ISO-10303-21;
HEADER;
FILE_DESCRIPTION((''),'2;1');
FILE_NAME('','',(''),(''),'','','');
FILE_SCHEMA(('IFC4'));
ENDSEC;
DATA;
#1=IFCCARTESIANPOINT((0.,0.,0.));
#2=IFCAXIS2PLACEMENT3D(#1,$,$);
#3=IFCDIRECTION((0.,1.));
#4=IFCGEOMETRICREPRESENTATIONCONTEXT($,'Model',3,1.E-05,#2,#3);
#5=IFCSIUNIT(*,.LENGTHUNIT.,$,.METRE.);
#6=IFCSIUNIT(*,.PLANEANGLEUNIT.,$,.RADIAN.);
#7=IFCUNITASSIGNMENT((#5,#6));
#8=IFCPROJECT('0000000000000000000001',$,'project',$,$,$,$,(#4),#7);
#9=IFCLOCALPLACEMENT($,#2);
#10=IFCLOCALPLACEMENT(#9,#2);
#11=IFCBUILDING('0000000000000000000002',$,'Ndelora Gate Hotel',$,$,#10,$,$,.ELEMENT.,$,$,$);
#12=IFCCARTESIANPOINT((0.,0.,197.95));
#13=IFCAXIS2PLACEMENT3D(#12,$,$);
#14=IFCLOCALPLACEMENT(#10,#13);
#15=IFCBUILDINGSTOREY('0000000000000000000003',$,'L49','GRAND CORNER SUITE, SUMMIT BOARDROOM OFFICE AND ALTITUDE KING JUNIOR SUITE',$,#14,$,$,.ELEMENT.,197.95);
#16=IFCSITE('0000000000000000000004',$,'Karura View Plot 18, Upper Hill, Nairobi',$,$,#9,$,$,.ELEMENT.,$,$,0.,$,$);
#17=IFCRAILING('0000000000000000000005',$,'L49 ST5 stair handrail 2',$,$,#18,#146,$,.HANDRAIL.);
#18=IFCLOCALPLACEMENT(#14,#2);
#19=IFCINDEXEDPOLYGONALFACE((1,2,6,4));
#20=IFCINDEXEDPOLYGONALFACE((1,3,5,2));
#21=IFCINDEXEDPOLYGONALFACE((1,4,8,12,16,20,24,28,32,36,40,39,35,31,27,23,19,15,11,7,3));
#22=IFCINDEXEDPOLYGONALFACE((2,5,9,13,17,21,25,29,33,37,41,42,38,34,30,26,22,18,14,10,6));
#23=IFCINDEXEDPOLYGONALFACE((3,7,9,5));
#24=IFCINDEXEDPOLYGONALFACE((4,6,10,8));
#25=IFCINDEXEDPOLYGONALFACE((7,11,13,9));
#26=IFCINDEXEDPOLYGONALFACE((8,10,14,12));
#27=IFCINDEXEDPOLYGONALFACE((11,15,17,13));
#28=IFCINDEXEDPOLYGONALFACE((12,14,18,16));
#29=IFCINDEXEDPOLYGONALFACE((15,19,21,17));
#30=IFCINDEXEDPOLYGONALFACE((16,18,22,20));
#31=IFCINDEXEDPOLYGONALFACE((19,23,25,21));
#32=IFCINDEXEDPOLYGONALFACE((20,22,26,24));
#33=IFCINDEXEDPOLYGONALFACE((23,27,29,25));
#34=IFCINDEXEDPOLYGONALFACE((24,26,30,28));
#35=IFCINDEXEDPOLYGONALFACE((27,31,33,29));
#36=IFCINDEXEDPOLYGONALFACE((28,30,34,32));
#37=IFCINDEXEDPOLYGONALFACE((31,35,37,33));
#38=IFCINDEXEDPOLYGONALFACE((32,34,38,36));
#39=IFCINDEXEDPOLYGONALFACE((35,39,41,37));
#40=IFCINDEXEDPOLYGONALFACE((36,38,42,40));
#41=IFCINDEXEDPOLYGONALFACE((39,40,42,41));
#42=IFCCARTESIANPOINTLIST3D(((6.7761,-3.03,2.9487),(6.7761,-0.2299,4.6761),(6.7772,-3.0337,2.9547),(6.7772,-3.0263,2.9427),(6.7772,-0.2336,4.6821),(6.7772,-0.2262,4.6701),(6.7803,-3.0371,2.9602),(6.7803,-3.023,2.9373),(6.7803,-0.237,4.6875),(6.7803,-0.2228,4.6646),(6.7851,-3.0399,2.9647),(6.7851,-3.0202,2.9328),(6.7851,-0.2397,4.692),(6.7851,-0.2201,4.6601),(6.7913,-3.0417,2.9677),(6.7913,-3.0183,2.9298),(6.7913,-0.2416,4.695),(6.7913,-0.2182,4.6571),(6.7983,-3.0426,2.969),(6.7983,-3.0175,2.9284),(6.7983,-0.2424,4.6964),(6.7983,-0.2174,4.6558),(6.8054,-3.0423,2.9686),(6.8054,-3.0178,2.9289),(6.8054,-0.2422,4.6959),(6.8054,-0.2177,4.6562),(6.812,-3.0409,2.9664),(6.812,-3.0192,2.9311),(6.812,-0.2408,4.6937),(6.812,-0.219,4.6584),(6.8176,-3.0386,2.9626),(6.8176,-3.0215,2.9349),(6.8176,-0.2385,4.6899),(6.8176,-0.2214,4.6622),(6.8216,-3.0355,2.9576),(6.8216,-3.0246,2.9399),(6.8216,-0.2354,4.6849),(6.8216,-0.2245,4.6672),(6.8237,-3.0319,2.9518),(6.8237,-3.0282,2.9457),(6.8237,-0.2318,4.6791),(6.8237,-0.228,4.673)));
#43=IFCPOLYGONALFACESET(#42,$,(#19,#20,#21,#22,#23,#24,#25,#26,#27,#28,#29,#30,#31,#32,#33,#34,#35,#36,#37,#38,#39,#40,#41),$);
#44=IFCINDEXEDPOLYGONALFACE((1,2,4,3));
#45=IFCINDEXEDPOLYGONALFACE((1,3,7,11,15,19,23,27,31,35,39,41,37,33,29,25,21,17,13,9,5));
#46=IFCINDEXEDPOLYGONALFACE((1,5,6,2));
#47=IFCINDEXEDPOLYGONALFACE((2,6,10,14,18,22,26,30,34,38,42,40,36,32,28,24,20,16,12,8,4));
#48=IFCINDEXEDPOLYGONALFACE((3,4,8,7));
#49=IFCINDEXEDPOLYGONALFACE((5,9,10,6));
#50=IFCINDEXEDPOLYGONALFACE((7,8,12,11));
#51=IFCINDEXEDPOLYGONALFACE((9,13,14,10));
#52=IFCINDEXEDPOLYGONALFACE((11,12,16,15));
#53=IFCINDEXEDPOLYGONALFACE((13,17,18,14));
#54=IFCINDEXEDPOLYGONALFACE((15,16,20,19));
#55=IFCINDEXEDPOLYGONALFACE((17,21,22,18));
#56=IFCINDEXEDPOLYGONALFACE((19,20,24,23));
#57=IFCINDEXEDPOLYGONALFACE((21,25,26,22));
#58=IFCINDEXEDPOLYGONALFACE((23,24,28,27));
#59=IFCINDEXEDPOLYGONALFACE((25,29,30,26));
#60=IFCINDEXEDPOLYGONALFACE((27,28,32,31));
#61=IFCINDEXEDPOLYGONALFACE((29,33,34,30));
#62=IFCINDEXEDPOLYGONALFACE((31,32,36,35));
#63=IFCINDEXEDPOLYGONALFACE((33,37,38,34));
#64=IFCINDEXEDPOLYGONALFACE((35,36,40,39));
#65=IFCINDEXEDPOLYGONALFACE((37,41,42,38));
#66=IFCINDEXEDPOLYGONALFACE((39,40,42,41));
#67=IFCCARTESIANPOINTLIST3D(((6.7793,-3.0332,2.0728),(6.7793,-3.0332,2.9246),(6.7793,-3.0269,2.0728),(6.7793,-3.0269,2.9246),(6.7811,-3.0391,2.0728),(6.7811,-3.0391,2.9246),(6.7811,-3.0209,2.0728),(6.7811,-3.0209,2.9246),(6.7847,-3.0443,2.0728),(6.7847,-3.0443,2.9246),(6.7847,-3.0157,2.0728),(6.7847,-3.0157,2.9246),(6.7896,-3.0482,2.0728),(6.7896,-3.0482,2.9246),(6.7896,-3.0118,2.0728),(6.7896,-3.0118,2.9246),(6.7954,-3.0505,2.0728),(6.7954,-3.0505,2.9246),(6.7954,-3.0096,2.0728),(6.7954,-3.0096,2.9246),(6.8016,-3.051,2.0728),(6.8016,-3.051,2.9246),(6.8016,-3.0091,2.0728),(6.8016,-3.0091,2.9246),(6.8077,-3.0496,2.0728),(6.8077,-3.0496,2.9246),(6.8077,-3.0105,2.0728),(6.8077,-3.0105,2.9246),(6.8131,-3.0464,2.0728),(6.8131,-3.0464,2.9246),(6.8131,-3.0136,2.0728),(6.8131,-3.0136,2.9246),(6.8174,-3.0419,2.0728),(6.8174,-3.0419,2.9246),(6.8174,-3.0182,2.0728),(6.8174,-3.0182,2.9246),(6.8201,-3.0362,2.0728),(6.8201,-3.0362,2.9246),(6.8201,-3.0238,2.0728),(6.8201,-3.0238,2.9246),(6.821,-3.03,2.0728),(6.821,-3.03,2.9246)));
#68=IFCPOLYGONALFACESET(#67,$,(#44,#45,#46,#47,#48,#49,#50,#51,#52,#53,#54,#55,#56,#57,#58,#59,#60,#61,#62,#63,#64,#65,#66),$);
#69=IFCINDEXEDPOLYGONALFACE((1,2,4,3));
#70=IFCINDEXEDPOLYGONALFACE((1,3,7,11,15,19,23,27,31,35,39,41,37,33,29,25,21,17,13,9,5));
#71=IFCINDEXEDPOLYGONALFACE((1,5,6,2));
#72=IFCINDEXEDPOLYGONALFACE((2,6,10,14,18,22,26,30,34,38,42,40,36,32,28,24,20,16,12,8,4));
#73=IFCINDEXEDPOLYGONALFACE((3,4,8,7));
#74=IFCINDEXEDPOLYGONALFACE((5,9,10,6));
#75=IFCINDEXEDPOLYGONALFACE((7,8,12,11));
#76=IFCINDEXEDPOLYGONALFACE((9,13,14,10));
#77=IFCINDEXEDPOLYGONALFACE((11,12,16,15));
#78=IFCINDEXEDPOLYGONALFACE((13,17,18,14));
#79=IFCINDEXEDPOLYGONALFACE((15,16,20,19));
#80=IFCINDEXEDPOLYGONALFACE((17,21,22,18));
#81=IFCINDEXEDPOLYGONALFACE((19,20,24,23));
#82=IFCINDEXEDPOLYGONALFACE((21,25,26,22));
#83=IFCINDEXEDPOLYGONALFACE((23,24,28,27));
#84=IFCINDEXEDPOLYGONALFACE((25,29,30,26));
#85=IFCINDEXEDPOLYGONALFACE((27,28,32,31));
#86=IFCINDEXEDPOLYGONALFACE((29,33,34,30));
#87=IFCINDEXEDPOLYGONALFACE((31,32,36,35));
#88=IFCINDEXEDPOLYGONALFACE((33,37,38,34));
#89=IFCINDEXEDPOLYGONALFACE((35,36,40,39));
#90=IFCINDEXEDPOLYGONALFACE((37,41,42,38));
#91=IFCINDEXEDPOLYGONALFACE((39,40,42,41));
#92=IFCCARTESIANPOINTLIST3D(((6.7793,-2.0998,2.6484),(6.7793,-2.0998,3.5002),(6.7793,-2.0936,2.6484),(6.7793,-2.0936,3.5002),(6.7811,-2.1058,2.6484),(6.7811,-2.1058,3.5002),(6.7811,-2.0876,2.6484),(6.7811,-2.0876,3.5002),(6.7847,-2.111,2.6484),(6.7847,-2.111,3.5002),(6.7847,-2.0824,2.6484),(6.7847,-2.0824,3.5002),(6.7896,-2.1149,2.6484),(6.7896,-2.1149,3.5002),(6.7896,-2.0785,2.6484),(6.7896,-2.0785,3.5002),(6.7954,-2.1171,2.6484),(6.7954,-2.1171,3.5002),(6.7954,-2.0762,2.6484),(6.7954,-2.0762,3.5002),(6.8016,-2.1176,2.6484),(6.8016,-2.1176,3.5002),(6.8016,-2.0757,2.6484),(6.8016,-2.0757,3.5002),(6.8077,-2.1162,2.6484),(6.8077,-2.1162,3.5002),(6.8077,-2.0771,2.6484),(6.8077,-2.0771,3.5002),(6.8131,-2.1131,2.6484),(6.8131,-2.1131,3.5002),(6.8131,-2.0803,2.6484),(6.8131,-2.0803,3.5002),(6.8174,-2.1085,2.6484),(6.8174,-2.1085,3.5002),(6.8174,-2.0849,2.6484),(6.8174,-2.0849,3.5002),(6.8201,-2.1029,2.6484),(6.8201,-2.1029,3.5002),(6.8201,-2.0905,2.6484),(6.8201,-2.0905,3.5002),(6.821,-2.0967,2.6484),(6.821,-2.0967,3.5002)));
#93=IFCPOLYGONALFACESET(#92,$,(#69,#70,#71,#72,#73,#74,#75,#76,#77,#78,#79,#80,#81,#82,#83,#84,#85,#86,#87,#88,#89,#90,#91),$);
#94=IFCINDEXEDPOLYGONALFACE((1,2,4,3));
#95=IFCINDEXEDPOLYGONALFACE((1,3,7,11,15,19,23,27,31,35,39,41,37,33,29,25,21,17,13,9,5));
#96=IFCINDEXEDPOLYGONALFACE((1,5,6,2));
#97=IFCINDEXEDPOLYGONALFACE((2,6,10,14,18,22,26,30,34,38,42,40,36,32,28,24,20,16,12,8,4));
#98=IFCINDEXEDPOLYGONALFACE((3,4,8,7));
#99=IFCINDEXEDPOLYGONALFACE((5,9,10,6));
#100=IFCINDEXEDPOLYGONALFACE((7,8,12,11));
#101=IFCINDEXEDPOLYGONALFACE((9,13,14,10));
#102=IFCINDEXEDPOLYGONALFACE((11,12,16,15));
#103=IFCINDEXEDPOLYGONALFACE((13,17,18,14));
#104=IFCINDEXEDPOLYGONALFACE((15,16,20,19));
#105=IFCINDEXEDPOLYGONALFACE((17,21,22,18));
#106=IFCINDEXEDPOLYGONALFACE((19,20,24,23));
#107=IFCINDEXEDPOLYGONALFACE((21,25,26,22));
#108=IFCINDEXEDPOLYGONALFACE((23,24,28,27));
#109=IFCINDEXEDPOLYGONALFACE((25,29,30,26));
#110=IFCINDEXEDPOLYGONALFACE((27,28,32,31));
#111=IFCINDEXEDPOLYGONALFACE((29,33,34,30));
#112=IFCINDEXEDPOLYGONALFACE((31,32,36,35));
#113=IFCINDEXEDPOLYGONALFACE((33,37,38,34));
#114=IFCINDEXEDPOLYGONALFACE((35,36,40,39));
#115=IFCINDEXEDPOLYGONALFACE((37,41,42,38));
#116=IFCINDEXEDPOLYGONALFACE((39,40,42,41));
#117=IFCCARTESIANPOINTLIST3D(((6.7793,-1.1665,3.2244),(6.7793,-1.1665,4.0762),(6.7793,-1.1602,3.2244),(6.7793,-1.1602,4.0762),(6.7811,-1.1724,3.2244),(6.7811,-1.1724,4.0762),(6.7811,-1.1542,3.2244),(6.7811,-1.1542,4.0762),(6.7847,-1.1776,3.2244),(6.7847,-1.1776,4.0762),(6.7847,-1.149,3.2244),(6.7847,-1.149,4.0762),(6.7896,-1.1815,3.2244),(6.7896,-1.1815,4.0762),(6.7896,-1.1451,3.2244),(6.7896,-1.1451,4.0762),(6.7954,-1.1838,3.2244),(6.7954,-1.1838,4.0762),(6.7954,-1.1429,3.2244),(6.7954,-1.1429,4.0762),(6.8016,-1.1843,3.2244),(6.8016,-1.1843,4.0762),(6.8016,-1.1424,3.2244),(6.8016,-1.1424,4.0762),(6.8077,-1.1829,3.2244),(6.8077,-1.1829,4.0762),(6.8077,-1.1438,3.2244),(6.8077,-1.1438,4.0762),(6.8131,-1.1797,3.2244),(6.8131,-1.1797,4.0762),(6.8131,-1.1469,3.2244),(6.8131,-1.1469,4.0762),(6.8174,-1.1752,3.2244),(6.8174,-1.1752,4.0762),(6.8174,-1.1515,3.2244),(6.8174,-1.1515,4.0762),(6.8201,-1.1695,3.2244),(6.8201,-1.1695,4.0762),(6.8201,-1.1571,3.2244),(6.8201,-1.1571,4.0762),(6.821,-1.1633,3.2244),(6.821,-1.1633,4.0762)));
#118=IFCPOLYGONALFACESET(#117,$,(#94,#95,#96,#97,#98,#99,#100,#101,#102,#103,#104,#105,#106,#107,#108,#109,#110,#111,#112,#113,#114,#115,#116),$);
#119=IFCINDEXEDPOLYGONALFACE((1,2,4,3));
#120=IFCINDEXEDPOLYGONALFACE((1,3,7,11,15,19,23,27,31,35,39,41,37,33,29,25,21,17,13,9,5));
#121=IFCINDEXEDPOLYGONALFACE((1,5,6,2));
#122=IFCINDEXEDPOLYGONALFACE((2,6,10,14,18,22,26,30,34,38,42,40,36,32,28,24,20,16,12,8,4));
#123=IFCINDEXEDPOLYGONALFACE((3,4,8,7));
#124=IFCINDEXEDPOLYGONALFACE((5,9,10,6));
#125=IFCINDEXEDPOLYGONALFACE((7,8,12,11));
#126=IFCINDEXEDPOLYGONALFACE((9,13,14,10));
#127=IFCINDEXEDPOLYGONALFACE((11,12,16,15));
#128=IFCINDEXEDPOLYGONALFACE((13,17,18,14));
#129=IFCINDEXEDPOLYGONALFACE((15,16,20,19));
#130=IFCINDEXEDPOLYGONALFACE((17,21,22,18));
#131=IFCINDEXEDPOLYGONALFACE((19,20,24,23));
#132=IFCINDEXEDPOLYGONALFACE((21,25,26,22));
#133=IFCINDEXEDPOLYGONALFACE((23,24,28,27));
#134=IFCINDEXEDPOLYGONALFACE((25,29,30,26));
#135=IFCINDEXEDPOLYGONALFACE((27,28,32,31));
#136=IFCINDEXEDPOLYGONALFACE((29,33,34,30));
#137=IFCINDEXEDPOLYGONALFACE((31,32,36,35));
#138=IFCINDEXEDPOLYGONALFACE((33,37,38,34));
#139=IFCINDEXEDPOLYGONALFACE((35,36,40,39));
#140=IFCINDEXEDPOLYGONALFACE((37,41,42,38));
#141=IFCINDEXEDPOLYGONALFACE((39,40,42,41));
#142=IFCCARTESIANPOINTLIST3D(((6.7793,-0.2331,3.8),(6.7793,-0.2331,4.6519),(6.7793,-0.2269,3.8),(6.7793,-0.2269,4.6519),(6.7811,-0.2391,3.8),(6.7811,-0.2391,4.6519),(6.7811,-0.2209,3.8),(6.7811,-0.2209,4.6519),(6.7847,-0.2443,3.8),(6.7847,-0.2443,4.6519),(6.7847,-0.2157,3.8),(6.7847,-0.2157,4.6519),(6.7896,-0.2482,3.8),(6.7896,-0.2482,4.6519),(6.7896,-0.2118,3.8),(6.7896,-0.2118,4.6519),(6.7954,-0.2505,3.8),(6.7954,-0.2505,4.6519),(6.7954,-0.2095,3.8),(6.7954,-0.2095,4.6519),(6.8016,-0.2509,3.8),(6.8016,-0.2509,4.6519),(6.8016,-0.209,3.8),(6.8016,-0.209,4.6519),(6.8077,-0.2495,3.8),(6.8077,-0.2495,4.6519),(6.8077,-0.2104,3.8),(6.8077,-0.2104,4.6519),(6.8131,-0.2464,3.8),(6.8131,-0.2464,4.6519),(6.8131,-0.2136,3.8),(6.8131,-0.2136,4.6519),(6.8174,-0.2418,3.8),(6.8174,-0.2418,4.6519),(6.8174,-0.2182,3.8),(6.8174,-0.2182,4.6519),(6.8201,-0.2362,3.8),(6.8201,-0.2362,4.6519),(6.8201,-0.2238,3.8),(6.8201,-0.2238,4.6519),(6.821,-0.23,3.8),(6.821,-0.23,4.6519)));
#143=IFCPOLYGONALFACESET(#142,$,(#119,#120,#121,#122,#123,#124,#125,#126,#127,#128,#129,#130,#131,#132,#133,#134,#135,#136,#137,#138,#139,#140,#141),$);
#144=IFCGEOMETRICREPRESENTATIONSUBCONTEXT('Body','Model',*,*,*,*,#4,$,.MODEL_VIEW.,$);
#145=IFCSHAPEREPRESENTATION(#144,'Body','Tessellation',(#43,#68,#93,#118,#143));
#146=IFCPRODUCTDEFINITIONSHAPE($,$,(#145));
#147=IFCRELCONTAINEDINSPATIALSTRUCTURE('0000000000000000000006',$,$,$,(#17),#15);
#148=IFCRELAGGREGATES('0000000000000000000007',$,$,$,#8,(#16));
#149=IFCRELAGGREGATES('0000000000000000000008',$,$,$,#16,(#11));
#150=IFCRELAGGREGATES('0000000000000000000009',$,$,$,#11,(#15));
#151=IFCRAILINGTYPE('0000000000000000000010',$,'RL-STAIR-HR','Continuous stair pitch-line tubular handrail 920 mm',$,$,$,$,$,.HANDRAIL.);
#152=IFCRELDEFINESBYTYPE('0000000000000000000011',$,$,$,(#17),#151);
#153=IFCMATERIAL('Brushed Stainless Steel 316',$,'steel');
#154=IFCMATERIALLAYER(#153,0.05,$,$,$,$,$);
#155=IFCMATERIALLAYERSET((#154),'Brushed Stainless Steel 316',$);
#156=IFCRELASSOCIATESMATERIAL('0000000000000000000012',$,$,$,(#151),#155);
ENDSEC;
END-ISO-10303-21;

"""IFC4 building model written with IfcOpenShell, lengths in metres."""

from ifc_helpers import new_model, si_unit, direction, frame, origin, origin_2d, place, context, subcontext, project, spatial, circle, extrude, material, layer, layer_set, type_object, element, save


model = new_model("IFC4")

# Units and contexts
model_context = context("Model", 3, precision=1e-05, world=origin(), true_north=direction((0.0, 1.0)))
body_context = subcontext(model_context, "Body", "Model", "MODEL_VIEW")
ifc_project = project(units=[si_unit("LENGTHUNIT", "METRE"), si_unit("PLANEANGLEUNIT", "RADIAN")], contexts=[model_context])

# Site, building, storey
site_placement = place(None, origin())
site = spatial("IfcSite", under=ifc_project, at=site_placement, Name="Karura View Plot 18, Upper Hill, Nairobi", CompositionType="ELEMENT", RefElevation=0.0)
building_placement = place(site_placement, origin())
building = spatial("IfcBuilding", under=site, at=building_placement, Name="Ndelora Gate Hotel", CompositionType="ELEMENT")
storey_placement = place(building_placement, frame((0.0, 0.0, 197.95)))
storey = spatial("IfcBuildingStorey", under=building, at=storey_placement, Name="L49", Description="GRAND CORNER SUITE, SUMMIT BOARDROOM OFFICE AND ALTITUDE KING JUNIOR SUITE", CompositionType="ELEMENT", Elevation=197.95)

# Railing
ifc_material_1 = material(Name="Brushed Stainless Steel 316", Category="steel")
ifc_layer_1 = layer(ifc_material_1, 0.05)
ifc_layer_set_1 = layer_set([ifc_layer_1], Name="Brushed Stainless Steel 316")
railing_type_1 = type_object("IfcRailingType", Name="RL-STAIR-HR", Description="Continuous stair pitch-line tubular handrail 920 mm", PredefinedType="HANDRAIL", material=ifc_layer_set_1)
railing_1_placement = place(storey_placement, frame((6.8, -3.03, 2.0728)))
element("IfcRailing", 1, at=railing_1_placement, inside=storey, type_object=railing_type_1, Name="L49 ST5 stair handrail 2", PredefinedType="HANDRAIL", context=body_context, shape_type="SweptSolid", body=[
    extrude(circle(Radius=0.0239, at=origin_2d()), frame((0.0, 0.0, 0.876), z_axis=(0.0, 0.85109, 0.52502), x_axis=(-1.0, 0.0, 0.0)), (0.0, 0.0, 1.0), 3.29),
    extrude(circle(Radius=0.021, at=origin_2d()), origin(), (0.0, 0.0, 1.0), 0.8518),
    extrude(circle(Radius=0.021, at=origin_2d()), frame((0.0, 0.9333, 0.5757)), (0.0, 0.0, 1.0), 0.8518),
    extrude(circle(Radius=0.021, at=origin_2d()), frame((0.0, 1.8667, 1.1516)), (0.0, 0.0, 1.0), 0.8518),
    extrude(circle(Radius=0.021, at=origin_2d()), frame((0.0, 2.8, 1.7273)), (0.0, 0.0, 1.0), 0.8518),
])

save(model, "model.ifc")
